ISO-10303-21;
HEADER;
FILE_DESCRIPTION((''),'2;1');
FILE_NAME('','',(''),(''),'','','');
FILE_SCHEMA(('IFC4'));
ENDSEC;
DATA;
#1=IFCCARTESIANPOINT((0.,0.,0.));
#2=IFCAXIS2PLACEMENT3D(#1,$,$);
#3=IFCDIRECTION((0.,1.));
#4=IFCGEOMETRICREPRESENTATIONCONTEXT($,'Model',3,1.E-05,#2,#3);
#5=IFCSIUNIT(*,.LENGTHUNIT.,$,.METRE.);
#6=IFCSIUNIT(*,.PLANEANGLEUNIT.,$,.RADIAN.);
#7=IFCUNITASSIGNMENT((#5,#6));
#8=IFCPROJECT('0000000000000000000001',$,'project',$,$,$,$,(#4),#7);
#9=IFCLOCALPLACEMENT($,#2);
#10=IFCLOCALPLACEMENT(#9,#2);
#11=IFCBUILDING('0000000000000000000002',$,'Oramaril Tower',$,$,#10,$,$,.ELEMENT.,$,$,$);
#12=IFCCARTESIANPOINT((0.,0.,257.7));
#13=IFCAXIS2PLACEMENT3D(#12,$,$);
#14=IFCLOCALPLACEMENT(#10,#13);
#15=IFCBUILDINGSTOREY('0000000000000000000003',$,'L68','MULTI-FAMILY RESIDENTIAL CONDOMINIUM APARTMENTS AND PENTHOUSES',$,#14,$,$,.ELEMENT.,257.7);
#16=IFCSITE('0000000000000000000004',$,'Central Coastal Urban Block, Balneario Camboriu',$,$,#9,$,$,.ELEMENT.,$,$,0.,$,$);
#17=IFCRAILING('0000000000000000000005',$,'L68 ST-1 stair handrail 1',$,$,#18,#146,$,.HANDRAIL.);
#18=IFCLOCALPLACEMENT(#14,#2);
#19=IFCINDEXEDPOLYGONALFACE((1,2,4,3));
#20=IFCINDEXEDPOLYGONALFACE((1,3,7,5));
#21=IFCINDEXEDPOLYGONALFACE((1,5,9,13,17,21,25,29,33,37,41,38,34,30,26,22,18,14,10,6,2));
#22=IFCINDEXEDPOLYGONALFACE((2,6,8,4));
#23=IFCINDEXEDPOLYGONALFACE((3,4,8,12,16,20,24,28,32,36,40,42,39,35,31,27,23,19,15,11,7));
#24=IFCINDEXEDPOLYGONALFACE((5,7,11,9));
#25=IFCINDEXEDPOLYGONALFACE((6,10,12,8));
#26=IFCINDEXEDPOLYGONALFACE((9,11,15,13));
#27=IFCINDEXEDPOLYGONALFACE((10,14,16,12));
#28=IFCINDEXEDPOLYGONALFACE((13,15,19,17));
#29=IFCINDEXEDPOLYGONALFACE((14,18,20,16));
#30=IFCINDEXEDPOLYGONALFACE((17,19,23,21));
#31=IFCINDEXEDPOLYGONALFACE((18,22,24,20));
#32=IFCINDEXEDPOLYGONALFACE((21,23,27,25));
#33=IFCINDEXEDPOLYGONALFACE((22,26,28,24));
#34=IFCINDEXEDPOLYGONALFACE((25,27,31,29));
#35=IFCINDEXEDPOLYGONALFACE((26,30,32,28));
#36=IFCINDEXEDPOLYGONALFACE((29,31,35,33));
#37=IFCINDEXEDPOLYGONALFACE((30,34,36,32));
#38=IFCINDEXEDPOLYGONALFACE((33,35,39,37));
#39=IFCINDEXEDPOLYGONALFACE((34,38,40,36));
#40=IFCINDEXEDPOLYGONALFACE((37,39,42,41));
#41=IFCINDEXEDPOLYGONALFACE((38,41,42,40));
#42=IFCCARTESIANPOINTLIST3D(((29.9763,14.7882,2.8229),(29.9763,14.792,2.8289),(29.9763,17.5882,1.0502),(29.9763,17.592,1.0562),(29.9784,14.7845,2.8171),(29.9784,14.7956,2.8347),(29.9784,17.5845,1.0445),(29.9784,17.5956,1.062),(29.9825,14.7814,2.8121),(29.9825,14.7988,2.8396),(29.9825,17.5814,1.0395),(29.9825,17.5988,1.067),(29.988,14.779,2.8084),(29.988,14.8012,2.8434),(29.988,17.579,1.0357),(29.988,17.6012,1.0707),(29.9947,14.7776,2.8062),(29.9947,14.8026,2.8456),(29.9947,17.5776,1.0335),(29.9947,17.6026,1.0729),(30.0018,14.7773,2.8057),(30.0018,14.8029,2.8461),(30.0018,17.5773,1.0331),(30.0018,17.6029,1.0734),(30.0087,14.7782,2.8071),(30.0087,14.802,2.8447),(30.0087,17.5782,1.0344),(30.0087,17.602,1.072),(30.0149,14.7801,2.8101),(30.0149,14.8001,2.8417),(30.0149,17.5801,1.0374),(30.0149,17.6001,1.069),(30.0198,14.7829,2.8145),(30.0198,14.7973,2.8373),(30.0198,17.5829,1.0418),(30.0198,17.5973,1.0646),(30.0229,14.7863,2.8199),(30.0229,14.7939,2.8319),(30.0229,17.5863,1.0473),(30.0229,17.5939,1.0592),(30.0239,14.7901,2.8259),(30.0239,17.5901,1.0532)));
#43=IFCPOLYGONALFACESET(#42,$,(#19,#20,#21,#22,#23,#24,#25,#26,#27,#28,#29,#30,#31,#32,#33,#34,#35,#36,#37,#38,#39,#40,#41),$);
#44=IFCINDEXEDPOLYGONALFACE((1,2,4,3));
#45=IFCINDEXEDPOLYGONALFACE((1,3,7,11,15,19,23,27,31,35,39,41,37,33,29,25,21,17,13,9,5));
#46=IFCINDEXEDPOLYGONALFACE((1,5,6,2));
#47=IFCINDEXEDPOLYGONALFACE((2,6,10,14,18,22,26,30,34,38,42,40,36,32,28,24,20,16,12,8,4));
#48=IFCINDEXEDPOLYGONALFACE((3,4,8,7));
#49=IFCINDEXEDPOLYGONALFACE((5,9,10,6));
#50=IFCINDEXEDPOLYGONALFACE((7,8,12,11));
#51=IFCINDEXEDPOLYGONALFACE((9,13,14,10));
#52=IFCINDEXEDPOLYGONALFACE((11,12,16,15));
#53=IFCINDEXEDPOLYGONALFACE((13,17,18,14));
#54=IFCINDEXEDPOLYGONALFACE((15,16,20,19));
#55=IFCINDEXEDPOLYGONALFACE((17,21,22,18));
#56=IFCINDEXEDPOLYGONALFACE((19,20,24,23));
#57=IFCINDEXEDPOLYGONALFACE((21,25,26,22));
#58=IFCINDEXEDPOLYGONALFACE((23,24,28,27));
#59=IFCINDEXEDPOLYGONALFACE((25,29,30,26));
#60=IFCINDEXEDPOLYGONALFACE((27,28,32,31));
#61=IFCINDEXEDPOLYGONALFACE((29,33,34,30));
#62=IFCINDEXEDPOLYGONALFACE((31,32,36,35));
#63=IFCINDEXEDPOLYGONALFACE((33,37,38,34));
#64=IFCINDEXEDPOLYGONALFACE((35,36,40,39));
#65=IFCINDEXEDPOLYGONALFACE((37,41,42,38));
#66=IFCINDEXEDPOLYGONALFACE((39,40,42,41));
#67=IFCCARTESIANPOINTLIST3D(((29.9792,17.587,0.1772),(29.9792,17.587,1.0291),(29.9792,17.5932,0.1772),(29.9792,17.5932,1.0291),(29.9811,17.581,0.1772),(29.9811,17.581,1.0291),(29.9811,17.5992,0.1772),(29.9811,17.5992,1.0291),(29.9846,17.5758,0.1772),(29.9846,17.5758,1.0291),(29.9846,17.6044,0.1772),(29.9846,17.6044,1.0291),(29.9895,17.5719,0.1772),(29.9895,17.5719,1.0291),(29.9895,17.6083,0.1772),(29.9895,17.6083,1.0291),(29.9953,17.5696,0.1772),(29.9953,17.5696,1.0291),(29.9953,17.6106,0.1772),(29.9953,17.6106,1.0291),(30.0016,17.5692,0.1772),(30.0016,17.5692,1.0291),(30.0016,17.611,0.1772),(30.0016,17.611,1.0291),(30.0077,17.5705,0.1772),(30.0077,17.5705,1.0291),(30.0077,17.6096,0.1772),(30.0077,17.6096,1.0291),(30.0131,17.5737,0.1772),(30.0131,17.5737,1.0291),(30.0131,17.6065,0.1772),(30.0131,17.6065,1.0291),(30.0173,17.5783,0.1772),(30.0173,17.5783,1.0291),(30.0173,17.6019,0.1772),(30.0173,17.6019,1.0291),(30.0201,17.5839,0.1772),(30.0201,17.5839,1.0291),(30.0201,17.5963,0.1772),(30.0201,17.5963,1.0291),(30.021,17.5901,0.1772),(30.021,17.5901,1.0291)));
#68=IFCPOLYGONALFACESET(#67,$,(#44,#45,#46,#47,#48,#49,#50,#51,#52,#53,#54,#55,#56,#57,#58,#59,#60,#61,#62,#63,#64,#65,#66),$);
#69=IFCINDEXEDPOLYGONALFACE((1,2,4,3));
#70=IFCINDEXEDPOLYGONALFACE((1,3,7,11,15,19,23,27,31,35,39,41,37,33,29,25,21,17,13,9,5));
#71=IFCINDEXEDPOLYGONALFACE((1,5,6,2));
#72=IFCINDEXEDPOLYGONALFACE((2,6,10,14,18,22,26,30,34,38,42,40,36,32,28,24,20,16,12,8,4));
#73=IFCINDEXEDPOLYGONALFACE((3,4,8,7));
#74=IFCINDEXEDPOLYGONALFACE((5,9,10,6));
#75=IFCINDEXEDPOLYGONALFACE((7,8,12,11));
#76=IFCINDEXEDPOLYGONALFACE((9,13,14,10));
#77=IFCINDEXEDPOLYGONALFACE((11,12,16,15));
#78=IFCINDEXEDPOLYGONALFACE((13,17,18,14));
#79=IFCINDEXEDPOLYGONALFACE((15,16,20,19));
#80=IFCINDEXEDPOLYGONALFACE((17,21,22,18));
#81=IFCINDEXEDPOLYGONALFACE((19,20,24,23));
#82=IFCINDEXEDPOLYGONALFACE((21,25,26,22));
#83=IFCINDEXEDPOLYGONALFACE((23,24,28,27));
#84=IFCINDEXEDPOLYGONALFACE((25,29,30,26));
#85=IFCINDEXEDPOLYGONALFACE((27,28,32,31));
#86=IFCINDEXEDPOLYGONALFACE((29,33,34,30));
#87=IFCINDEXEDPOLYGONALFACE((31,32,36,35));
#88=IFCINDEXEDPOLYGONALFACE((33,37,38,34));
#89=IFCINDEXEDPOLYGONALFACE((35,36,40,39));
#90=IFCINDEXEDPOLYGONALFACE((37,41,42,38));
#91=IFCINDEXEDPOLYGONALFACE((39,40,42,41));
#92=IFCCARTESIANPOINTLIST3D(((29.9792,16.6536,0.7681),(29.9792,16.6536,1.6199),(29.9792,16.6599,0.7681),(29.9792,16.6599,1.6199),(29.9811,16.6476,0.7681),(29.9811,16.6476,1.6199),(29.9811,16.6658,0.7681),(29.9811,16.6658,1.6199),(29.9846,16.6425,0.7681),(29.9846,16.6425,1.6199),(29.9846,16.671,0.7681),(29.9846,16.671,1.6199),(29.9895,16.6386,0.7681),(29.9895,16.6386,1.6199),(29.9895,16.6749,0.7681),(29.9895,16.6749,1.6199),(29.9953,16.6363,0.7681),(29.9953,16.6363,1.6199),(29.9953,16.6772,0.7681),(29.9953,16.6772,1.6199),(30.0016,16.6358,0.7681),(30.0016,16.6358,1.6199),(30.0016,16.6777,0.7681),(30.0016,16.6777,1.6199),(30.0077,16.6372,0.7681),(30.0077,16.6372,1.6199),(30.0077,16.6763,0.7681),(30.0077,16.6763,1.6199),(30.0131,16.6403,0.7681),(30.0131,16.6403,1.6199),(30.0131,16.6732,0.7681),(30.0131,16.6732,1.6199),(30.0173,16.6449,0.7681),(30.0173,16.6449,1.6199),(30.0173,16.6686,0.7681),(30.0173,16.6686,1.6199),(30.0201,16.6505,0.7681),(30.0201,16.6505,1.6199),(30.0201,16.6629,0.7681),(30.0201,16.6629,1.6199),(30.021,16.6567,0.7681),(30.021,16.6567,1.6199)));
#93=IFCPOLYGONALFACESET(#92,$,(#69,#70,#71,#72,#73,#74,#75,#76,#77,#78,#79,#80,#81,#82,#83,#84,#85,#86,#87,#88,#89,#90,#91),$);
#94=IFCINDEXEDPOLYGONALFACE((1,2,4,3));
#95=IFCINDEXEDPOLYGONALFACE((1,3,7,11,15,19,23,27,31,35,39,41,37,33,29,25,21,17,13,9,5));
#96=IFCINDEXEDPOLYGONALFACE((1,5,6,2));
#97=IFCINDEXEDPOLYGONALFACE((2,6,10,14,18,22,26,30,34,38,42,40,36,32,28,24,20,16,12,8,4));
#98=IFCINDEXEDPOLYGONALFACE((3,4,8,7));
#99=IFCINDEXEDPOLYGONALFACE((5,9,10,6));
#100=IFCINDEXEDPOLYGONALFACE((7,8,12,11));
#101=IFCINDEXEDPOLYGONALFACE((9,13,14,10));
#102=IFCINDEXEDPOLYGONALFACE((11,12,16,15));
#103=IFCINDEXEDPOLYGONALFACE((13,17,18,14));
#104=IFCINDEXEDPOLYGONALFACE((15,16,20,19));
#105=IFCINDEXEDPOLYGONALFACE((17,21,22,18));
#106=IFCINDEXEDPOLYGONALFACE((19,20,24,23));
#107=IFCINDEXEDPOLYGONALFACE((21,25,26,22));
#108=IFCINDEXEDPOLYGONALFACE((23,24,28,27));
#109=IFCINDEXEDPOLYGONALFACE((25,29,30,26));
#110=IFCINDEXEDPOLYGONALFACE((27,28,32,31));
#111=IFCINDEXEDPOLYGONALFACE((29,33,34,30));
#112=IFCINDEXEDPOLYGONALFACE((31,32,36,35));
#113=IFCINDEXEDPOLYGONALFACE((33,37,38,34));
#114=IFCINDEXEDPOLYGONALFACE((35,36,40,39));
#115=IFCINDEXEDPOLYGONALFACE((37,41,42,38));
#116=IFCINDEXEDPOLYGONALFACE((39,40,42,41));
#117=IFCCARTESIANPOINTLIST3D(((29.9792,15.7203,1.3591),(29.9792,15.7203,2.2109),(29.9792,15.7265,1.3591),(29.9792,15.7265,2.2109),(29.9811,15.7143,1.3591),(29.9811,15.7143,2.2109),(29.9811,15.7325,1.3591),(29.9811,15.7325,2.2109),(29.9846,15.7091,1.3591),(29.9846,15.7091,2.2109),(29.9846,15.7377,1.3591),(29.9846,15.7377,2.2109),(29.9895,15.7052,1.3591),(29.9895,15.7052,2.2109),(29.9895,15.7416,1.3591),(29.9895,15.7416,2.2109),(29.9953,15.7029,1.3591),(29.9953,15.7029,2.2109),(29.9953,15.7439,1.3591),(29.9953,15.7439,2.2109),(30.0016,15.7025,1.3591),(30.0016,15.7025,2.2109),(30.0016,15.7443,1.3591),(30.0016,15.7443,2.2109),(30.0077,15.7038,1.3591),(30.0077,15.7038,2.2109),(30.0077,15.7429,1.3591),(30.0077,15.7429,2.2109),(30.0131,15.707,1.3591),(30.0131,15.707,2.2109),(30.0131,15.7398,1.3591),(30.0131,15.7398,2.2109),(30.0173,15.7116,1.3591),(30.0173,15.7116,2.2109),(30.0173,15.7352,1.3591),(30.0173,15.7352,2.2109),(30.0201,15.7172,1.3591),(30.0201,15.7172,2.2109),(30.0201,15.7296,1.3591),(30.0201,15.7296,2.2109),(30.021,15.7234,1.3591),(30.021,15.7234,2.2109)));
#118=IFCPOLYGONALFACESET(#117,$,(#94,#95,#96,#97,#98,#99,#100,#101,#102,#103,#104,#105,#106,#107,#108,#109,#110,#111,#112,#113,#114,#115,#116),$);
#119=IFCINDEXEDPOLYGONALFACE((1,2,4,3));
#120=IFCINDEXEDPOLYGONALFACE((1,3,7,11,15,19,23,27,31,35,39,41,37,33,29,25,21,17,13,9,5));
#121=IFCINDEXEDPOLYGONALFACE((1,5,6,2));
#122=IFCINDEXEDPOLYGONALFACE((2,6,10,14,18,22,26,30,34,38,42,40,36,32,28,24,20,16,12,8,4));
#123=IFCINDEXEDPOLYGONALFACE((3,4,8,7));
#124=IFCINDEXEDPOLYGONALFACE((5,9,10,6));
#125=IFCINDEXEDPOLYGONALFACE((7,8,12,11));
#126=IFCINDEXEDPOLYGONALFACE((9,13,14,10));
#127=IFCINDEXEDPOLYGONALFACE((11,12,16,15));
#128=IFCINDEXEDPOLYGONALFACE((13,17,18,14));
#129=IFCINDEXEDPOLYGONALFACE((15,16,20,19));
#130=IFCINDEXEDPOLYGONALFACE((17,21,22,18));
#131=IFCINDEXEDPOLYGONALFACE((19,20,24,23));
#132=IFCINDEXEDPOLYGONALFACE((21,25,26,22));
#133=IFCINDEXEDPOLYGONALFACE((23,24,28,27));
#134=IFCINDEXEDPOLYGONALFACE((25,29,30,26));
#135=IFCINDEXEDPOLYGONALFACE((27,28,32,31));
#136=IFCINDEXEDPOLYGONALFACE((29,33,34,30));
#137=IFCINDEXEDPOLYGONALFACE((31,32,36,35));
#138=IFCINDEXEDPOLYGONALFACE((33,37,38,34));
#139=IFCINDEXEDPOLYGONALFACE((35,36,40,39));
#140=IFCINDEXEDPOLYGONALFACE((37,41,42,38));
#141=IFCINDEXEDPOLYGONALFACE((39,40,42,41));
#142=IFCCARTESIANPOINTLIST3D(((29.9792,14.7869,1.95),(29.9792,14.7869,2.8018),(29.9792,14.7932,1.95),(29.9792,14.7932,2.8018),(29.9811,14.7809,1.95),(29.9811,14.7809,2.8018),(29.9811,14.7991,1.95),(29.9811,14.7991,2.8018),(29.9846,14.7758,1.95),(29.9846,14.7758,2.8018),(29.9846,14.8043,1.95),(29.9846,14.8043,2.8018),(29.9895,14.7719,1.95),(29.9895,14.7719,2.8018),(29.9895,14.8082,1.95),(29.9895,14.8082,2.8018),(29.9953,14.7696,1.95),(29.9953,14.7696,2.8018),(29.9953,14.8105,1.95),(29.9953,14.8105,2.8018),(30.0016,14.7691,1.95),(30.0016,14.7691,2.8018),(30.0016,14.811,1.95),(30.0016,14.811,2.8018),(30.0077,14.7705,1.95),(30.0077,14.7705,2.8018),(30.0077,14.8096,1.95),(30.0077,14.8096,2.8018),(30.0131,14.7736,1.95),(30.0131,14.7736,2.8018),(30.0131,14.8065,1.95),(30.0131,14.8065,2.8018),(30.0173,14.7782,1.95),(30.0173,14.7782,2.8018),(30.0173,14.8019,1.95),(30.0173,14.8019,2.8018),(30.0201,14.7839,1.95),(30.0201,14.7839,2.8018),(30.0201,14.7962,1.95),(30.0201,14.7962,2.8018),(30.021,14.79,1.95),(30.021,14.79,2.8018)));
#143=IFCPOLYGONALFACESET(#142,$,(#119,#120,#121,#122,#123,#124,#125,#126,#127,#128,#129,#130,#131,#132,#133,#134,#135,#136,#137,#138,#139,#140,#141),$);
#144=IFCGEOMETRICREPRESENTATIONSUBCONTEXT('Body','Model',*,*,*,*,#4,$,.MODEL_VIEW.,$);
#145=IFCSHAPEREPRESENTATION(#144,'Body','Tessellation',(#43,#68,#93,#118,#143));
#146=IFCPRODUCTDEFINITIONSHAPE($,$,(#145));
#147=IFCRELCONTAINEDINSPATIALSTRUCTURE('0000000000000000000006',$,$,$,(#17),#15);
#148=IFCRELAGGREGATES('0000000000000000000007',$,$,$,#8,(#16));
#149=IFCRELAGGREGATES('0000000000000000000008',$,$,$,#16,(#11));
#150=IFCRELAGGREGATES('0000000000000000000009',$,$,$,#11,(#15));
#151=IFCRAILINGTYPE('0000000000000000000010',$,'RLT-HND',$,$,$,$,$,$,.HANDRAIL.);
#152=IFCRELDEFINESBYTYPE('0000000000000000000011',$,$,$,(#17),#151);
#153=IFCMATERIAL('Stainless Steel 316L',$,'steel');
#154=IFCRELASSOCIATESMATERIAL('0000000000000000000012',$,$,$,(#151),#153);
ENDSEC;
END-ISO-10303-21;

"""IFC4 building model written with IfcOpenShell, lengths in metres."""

from ifc_helpers import new_model, si_unit, direction, frame, origin, origin_2d, place, context, subcontext, project, spatial, circle, extrude, material, type_object, element, save


model = new_model("IFC4")

# Units and contexts
model_context = context("Model", 3, precision=1e-05, world=origin(), true_north=direction((0.0, 1.0)))
body_context = subcontext(model_context, "Body", "Model", "MODEL_VIEW")
ifc_project = project(units=[si_unit("LENGTHUNIT", "METRE"), si_unit("PLANEANGLEUNIT", "RADIAN")], contexts=[model_context])

# Site, building, storey
site_placement = place(None, origin())
site = spatial("IfcSite", under=ifc_project, at=site_placement, Name="Central Coastal Urban Block, Balneario Camboriu", CompositionType="ELEMENT", RefElevation=0.0)
building_placement = place(site_placement, origin())
building = spatial("IfcBuilding", under=site, at=building_placement, Name="Oramaril Tower", CompositionType="ELEMENT")
storey_placement = place(building_placement, frame((0.0, 0.0, 257.7)))
storey = spatial("IfcBuildingStorey", under=building, at=storey_placement, Name="L68", Description="MULTI-FAMILY RESIDENTIAL CONDOMINIUM APARTMENTS AND PENTHOUSES", CompositionType="ELEMENT", Elevation=257.7)

# Railing
ifc_material_1 = material(Name="Stainless Steel 316L", Category="steel")
railing_type_1 = type_object("IfcRailingType", Name="RLT-HND", PredefinedType="HANDRAIL", material=ifc_material_1)
railing_1_placement = place(storey_placement, frame((30.0, 17.5901, 0.1772)))
element("IfcRailing", 1, at=railing_1_placement, inside=storey, type_object=railing_type_1, Name="L68 ST-1 stair handrail 1", PredefinedType="HANDRAIL", context=body_context, shape_type="SweptSolid", body=[
    extrude(circle(Radius=0.0239, at=origin_2d()), frame((0.0, 0.0, 0.876), z_axis=(0.0, -0.844909, 0.53491), x_axis=(1.0, 0.0, 0.0)), (0.0, 0.0, 1.0), 3.314),
    extrude(circle(Radius=0.021, at=origin_2d()), origin(), (0.0, 0.0, 1.0), 0.8518),
    extrude(circle(Radius=0.021, at=origin_2d()), frame((0.0, -0.9333, 0.5908)), (0.0, 0.0, 1.0), 0.8518),
    extrude(circle(Radius=0.021, at=origin_2d()), frame((0.0, -1.8667, 1.1819)), (0.0, 0.0, 1.0), 0.8518),
    extrude(circle(Radius=0.021, at=origin_2d()), frame((0.0, -2.8, 1.7727)), (0.0, 0.0, 1.0), 0.8518),
])

save(model, "model.ifc")
